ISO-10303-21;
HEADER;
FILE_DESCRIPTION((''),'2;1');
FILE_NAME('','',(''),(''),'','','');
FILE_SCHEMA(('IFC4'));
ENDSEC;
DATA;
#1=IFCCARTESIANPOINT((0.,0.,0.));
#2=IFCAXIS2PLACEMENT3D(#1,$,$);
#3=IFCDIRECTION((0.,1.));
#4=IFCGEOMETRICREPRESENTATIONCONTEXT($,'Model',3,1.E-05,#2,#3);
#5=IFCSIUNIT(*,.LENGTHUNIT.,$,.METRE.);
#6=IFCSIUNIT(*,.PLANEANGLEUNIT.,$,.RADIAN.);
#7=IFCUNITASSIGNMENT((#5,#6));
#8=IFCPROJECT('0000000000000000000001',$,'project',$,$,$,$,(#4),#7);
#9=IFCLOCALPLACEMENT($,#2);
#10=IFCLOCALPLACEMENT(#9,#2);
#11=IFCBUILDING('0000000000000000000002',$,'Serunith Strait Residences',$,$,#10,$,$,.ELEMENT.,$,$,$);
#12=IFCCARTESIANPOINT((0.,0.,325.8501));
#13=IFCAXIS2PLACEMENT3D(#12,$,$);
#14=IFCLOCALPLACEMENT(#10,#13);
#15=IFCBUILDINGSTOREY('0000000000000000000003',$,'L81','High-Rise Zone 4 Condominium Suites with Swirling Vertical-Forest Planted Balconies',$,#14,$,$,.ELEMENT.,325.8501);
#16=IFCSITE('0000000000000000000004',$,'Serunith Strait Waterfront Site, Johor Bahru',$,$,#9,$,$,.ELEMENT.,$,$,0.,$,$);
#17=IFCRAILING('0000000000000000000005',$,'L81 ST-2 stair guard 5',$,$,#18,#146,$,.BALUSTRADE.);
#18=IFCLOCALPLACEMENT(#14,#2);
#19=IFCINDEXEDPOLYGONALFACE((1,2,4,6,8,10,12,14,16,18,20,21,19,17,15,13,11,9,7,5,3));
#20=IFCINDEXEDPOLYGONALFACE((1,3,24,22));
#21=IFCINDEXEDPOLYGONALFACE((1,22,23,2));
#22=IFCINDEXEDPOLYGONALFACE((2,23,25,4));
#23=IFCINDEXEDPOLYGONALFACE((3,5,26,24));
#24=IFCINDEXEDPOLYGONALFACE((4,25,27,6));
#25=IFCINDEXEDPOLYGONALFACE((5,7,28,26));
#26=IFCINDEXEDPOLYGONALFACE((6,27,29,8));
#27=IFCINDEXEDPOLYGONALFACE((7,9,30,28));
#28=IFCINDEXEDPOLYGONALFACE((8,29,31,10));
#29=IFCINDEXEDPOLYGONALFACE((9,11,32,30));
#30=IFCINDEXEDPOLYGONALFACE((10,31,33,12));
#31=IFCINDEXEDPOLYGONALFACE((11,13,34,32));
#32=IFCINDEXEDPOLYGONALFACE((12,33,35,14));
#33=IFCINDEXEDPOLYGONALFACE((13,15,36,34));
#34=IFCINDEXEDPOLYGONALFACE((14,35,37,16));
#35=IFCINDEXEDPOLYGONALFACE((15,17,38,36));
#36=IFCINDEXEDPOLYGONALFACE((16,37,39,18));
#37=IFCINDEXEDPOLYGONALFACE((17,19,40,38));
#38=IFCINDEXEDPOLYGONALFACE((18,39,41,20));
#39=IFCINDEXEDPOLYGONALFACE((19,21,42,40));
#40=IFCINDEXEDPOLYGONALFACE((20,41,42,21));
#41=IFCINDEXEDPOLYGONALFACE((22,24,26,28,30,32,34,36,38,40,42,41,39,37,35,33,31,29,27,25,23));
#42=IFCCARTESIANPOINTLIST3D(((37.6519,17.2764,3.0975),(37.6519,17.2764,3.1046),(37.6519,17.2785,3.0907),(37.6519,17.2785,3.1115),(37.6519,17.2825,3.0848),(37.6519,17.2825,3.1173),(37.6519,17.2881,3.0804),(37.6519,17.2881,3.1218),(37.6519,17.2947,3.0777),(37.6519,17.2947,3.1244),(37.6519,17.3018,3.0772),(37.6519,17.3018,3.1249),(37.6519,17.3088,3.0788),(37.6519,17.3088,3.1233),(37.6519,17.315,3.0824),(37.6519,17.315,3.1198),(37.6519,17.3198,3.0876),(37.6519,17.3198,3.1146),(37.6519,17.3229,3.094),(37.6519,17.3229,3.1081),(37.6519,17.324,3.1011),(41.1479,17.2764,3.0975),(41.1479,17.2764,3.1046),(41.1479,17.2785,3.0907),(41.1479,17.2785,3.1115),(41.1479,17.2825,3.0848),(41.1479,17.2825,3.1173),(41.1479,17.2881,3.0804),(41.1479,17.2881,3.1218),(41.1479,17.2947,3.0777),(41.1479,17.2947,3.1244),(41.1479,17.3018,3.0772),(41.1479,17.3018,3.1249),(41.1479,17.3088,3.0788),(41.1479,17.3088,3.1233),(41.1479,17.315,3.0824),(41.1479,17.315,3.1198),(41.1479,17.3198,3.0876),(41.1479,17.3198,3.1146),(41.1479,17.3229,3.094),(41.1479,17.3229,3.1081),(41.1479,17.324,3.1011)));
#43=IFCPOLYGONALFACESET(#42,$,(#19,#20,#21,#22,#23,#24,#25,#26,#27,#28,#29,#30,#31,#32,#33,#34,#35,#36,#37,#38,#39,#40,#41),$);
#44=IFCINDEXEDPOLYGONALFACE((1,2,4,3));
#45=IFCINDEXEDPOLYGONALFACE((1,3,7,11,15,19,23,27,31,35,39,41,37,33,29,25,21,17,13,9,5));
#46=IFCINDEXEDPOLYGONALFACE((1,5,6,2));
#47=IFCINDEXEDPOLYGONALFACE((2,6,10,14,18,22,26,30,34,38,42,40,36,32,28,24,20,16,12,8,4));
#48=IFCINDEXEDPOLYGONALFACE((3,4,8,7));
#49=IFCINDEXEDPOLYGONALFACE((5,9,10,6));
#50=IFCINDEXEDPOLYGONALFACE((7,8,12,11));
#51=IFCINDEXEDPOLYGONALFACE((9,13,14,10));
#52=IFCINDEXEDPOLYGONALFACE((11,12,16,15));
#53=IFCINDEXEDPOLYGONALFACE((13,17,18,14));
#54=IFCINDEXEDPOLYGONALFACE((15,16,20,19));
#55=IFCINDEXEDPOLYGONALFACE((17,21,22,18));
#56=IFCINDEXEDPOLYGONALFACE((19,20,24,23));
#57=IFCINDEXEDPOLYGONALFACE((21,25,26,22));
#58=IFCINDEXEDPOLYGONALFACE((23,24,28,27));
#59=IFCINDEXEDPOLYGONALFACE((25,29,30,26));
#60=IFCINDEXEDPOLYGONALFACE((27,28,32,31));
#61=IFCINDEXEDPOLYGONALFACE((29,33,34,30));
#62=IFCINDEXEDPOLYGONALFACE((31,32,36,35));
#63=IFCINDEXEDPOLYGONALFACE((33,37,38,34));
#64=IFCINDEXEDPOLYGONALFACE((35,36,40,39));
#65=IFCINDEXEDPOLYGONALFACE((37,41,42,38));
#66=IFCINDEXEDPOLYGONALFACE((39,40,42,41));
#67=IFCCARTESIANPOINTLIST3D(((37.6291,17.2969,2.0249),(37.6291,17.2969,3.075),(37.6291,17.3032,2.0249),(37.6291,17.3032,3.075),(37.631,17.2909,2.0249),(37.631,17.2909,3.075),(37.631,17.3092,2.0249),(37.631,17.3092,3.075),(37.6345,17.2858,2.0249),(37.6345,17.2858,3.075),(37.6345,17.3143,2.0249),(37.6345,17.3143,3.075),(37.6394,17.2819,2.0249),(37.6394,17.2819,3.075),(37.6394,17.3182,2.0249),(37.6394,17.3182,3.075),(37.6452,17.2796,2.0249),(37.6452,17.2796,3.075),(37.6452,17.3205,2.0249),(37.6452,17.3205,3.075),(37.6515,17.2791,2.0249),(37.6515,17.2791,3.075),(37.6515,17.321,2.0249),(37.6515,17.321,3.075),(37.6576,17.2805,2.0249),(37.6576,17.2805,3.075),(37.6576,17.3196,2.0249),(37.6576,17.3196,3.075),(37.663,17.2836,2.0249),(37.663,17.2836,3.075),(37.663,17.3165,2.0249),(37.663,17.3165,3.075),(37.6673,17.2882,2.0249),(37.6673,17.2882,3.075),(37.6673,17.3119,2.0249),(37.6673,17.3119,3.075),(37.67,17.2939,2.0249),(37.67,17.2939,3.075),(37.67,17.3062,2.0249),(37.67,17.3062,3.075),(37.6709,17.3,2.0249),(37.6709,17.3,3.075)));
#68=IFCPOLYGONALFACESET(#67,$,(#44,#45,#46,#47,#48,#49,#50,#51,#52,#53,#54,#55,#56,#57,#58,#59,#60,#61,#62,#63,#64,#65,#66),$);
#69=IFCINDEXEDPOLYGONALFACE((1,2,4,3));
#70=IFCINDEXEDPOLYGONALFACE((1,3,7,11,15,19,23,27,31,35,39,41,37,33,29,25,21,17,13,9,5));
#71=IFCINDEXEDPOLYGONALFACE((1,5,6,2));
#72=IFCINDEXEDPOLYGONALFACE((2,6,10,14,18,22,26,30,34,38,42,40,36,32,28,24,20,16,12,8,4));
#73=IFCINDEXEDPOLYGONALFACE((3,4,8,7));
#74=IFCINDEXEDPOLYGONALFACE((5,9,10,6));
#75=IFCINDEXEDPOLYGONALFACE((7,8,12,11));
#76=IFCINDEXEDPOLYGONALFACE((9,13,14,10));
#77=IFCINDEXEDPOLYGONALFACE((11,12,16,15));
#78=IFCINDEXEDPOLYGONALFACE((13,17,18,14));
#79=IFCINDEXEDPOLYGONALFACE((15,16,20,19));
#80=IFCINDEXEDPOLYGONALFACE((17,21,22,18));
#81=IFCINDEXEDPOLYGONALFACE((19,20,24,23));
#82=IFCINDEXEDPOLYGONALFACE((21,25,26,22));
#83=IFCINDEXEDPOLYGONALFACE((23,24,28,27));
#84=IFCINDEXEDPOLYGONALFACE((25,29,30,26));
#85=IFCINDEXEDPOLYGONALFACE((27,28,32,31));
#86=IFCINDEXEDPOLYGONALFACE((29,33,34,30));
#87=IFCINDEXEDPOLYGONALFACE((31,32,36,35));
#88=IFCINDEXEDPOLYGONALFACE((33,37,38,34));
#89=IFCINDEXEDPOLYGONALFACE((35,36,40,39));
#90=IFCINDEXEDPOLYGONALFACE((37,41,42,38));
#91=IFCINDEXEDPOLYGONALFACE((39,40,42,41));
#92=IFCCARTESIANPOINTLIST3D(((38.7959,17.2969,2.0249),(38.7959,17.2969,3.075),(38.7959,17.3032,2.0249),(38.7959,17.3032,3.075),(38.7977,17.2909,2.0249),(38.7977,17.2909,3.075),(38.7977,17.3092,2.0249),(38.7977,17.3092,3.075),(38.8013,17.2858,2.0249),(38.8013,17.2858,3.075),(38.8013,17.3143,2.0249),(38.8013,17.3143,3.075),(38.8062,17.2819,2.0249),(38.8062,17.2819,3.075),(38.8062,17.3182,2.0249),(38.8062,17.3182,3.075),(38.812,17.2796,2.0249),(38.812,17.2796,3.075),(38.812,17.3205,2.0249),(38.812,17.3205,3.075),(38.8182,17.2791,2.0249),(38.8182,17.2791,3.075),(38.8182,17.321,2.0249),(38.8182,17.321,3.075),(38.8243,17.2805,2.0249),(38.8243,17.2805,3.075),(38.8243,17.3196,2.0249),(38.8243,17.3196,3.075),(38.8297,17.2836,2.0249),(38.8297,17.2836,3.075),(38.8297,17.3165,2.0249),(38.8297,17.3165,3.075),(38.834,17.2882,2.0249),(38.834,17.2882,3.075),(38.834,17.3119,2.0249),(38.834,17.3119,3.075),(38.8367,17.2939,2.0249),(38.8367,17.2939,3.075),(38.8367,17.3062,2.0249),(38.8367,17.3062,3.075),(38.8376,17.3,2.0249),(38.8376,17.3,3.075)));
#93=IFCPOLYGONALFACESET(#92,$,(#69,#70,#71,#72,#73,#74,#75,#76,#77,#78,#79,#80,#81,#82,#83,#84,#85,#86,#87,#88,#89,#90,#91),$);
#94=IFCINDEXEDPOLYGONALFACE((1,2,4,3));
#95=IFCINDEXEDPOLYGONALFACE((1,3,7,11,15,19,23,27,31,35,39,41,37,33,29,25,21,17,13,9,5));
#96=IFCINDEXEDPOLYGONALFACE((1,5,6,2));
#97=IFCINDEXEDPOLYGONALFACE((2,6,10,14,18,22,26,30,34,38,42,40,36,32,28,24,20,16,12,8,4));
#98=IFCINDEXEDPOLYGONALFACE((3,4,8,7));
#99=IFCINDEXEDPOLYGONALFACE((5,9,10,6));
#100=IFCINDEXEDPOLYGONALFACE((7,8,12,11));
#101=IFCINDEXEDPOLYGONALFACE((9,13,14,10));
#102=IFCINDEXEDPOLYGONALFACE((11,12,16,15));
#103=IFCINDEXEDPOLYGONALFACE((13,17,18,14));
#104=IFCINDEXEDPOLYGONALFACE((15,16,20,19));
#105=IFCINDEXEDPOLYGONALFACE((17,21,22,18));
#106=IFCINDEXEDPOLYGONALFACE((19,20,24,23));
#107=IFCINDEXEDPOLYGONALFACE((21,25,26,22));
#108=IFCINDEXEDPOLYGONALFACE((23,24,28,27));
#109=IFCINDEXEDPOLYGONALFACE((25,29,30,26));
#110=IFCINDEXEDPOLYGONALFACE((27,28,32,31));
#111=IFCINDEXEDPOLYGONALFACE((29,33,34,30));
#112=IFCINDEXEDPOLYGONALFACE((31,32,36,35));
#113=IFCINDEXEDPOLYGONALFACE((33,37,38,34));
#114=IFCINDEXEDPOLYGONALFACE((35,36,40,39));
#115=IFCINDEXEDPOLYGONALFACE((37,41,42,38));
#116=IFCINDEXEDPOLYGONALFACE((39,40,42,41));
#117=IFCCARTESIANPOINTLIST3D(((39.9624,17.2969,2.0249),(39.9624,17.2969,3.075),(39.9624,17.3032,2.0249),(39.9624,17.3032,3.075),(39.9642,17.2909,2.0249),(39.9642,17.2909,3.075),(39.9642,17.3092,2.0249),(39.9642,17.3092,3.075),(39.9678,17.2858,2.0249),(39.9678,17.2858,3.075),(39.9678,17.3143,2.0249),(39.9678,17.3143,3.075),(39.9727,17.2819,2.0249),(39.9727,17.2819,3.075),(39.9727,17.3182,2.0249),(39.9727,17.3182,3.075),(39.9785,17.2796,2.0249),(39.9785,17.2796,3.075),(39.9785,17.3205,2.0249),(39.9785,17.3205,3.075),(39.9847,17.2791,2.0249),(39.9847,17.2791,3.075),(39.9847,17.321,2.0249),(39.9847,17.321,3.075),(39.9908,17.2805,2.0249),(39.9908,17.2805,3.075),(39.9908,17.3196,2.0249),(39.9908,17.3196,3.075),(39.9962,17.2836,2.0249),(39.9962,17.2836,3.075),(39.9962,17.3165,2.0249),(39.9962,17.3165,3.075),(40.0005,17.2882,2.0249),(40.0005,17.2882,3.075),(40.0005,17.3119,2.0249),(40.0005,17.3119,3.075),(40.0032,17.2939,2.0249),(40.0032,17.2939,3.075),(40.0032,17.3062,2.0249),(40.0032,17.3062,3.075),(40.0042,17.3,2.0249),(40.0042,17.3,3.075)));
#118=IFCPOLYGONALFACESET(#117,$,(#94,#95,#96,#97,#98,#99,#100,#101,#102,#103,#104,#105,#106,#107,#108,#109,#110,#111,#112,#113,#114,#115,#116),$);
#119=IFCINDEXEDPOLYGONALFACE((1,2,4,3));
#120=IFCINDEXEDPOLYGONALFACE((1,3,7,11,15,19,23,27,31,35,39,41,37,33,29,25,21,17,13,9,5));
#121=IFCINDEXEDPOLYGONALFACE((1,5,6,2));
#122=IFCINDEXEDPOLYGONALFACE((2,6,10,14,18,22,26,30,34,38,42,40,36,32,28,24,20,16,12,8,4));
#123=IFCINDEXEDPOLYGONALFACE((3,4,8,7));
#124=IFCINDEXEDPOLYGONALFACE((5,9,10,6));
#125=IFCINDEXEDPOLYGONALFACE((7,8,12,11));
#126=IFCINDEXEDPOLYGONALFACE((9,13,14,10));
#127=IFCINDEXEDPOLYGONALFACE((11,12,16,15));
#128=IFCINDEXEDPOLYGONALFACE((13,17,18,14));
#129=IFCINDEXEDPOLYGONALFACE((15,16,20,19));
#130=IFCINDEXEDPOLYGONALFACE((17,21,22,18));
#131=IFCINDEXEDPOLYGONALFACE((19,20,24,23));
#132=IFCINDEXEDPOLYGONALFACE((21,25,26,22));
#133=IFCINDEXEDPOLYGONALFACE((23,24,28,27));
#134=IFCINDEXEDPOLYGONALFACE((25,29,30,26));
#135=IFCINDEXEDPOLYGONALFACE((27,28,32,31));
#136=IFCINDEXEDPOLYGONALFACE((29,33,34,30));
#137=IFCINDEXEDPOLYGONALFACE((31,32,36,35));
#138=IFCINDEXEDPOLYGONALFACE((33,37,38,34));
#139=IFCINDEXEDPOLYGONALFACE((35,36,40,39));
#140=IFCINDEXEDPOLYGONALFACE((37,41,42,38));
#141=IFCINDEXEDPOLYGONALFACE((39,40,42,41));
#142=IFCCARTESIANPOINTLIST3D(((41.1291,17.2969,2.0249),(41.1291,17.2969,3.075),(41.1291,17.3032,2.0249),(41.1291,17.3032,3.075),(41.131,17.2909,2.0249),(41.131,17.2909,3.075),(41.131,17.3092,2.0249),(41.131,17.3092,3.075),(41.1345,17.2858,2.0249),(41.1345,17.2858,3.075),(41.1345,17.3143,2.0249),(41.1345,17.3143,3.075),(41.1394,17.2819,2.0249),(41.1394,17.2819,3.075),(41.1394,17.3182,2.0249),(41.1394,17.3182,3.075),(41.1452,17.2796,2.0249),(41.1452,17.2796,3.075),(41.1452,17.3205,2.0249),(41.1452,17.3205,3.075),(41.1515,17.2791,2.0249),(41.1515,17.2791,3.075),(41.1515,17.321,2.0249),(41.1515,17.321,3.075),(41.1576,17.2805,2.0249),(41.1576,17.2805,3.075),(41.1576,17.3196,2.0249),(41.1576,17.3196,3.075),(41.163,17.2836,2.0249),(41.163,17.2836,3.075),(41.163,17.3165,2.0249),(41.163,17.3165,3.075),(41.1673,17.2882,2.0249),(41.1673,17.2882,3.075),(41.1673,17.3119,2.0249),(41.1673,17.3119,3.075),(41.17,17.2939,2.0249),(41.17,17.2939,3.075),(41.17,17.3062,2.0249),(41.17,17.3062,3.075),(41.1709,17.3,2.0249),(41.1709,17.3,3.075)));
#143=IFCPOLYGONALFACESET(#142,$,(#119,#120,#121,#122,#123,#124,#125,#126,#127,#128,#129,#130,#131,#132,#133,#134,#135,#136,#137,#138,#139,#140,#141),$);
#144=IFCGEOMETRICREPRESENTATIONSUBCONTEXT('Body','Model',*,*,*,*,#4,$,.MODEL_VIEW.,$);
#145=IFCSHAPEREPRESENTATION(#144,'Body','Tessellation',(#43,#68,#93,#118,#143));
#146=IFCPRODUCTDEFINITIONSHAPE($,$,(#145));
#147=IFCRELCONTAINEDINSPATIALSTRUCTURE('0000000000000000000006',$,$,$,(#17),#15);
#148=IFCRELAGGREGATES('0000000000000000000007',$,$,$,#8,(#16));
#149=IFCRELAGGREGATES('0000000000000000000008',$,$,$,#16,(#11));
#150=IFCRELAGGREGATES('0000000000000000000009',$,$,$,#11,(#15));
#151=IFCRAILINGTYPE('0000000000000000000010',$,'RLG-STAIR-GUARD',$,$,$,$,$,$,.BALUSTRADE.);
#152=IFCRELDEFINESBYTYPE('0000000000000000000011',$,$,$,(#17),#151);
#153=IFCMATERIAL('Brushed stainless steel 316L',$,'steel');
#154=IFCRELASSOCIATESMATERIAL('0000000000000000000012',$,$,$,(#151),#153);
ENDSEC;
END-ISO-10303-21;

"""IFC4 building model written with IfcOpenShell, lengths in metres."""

from ifc_helpers import new_model, si_unit, direction, frame, origin, origin_2d, place, context, subcontext, project, spatial, circle, extrude, material, type_object, element, save


model = new_model("IFC4")

# Units and contexts
model_context = context("Model", 3, precision=1e-05, world=origin(), true_north=direction((0.0, 1.0)))
body_context = subcontext(model_context, "Body", "Model", "MODEL_VIEW")
ifc_project = project(units=[si_unit("LENGTHUNIT", "METRE"), si_unit("PLANEANGLEUNIT", "RADIAN")], contexts=[model_context])

# Site, building, storey
site_placement = place(None, origin())
site = spatial("IfcSite", under=ifc_project, at=site_placement, Name="Serunith Strait Waterfront Site, Johor Bahru", CompositionType="ELEMENT", RefElevation=0.0)
building_placement = place(site_placement, origin())
building = spatial("IfcBuilding", under=site, at=building_placement, Name="Serunith Strait Residences", CompositionType="ELEMENT")
storey_placement = place(building_placement, frame((0.0, 0.0, 325.8501)))
storey = spatial("IfcBuildingStorey", under=building, at=storey_placement, Name="L81", Description="High-Rise Zone 4 Condominium Suites with Swirling Vertical-Forest Planted Balconies", CompositionType="ELEMENT", Elevation=325.8501)

# Railing
ifc_material_1 = material(Name="Brushed stainless steel 316L", Category="steel")
railing_type_1 = type_object("IfcRailingType", Name="RLG-STAIR-GUARD", PredefinedType="BALUSTRADE", material=ifc_material_1)
railing_1_placement = place(storey_placement, frame((37.6499, 17.3, 2.0249)))
element("IfcRailing", 1, at=railing_1_placement, inside=storey, type_object=railing_type_1, Name="L81 ST-2 stair guard 5", PredefinedType="BALUSTRADE", context=body_context, shape_type="SweptSolid", body=[
    extrude(circle(Radius=0.0239, at=origin_2d()), frame((0.002, 0.0, 1.0762), z_axis=(1.0, 0.0, 0.0), x_axis=(0.0, 1.0, 0.0)), (0.0, 0.0, 1.0), 3.4961),
    extrude(circle(Radius=0.021, at=origin_2d()), origin(), (0.0, 0.0, 1.0), 1.05),
    extrude(circle(Radius=0.021, at=origin_2d()), frame((1.1667, 0.0, 0.0)), (0.0, 0.0, 1.0), 1.05),
    extrude(circle(Radius=0.021, at=origin_2d()), frame((2.3333, 0.0, 0.0)), (0.0, 0.0, 1.0), 1.05),
    extrude(circle(Radius=0.021, at=origin_2d()), frame((3.5, 0.0, 0.0)), (0.0, 0.0, 1.0), 1.05),
])

save(model, "model.ifc")
